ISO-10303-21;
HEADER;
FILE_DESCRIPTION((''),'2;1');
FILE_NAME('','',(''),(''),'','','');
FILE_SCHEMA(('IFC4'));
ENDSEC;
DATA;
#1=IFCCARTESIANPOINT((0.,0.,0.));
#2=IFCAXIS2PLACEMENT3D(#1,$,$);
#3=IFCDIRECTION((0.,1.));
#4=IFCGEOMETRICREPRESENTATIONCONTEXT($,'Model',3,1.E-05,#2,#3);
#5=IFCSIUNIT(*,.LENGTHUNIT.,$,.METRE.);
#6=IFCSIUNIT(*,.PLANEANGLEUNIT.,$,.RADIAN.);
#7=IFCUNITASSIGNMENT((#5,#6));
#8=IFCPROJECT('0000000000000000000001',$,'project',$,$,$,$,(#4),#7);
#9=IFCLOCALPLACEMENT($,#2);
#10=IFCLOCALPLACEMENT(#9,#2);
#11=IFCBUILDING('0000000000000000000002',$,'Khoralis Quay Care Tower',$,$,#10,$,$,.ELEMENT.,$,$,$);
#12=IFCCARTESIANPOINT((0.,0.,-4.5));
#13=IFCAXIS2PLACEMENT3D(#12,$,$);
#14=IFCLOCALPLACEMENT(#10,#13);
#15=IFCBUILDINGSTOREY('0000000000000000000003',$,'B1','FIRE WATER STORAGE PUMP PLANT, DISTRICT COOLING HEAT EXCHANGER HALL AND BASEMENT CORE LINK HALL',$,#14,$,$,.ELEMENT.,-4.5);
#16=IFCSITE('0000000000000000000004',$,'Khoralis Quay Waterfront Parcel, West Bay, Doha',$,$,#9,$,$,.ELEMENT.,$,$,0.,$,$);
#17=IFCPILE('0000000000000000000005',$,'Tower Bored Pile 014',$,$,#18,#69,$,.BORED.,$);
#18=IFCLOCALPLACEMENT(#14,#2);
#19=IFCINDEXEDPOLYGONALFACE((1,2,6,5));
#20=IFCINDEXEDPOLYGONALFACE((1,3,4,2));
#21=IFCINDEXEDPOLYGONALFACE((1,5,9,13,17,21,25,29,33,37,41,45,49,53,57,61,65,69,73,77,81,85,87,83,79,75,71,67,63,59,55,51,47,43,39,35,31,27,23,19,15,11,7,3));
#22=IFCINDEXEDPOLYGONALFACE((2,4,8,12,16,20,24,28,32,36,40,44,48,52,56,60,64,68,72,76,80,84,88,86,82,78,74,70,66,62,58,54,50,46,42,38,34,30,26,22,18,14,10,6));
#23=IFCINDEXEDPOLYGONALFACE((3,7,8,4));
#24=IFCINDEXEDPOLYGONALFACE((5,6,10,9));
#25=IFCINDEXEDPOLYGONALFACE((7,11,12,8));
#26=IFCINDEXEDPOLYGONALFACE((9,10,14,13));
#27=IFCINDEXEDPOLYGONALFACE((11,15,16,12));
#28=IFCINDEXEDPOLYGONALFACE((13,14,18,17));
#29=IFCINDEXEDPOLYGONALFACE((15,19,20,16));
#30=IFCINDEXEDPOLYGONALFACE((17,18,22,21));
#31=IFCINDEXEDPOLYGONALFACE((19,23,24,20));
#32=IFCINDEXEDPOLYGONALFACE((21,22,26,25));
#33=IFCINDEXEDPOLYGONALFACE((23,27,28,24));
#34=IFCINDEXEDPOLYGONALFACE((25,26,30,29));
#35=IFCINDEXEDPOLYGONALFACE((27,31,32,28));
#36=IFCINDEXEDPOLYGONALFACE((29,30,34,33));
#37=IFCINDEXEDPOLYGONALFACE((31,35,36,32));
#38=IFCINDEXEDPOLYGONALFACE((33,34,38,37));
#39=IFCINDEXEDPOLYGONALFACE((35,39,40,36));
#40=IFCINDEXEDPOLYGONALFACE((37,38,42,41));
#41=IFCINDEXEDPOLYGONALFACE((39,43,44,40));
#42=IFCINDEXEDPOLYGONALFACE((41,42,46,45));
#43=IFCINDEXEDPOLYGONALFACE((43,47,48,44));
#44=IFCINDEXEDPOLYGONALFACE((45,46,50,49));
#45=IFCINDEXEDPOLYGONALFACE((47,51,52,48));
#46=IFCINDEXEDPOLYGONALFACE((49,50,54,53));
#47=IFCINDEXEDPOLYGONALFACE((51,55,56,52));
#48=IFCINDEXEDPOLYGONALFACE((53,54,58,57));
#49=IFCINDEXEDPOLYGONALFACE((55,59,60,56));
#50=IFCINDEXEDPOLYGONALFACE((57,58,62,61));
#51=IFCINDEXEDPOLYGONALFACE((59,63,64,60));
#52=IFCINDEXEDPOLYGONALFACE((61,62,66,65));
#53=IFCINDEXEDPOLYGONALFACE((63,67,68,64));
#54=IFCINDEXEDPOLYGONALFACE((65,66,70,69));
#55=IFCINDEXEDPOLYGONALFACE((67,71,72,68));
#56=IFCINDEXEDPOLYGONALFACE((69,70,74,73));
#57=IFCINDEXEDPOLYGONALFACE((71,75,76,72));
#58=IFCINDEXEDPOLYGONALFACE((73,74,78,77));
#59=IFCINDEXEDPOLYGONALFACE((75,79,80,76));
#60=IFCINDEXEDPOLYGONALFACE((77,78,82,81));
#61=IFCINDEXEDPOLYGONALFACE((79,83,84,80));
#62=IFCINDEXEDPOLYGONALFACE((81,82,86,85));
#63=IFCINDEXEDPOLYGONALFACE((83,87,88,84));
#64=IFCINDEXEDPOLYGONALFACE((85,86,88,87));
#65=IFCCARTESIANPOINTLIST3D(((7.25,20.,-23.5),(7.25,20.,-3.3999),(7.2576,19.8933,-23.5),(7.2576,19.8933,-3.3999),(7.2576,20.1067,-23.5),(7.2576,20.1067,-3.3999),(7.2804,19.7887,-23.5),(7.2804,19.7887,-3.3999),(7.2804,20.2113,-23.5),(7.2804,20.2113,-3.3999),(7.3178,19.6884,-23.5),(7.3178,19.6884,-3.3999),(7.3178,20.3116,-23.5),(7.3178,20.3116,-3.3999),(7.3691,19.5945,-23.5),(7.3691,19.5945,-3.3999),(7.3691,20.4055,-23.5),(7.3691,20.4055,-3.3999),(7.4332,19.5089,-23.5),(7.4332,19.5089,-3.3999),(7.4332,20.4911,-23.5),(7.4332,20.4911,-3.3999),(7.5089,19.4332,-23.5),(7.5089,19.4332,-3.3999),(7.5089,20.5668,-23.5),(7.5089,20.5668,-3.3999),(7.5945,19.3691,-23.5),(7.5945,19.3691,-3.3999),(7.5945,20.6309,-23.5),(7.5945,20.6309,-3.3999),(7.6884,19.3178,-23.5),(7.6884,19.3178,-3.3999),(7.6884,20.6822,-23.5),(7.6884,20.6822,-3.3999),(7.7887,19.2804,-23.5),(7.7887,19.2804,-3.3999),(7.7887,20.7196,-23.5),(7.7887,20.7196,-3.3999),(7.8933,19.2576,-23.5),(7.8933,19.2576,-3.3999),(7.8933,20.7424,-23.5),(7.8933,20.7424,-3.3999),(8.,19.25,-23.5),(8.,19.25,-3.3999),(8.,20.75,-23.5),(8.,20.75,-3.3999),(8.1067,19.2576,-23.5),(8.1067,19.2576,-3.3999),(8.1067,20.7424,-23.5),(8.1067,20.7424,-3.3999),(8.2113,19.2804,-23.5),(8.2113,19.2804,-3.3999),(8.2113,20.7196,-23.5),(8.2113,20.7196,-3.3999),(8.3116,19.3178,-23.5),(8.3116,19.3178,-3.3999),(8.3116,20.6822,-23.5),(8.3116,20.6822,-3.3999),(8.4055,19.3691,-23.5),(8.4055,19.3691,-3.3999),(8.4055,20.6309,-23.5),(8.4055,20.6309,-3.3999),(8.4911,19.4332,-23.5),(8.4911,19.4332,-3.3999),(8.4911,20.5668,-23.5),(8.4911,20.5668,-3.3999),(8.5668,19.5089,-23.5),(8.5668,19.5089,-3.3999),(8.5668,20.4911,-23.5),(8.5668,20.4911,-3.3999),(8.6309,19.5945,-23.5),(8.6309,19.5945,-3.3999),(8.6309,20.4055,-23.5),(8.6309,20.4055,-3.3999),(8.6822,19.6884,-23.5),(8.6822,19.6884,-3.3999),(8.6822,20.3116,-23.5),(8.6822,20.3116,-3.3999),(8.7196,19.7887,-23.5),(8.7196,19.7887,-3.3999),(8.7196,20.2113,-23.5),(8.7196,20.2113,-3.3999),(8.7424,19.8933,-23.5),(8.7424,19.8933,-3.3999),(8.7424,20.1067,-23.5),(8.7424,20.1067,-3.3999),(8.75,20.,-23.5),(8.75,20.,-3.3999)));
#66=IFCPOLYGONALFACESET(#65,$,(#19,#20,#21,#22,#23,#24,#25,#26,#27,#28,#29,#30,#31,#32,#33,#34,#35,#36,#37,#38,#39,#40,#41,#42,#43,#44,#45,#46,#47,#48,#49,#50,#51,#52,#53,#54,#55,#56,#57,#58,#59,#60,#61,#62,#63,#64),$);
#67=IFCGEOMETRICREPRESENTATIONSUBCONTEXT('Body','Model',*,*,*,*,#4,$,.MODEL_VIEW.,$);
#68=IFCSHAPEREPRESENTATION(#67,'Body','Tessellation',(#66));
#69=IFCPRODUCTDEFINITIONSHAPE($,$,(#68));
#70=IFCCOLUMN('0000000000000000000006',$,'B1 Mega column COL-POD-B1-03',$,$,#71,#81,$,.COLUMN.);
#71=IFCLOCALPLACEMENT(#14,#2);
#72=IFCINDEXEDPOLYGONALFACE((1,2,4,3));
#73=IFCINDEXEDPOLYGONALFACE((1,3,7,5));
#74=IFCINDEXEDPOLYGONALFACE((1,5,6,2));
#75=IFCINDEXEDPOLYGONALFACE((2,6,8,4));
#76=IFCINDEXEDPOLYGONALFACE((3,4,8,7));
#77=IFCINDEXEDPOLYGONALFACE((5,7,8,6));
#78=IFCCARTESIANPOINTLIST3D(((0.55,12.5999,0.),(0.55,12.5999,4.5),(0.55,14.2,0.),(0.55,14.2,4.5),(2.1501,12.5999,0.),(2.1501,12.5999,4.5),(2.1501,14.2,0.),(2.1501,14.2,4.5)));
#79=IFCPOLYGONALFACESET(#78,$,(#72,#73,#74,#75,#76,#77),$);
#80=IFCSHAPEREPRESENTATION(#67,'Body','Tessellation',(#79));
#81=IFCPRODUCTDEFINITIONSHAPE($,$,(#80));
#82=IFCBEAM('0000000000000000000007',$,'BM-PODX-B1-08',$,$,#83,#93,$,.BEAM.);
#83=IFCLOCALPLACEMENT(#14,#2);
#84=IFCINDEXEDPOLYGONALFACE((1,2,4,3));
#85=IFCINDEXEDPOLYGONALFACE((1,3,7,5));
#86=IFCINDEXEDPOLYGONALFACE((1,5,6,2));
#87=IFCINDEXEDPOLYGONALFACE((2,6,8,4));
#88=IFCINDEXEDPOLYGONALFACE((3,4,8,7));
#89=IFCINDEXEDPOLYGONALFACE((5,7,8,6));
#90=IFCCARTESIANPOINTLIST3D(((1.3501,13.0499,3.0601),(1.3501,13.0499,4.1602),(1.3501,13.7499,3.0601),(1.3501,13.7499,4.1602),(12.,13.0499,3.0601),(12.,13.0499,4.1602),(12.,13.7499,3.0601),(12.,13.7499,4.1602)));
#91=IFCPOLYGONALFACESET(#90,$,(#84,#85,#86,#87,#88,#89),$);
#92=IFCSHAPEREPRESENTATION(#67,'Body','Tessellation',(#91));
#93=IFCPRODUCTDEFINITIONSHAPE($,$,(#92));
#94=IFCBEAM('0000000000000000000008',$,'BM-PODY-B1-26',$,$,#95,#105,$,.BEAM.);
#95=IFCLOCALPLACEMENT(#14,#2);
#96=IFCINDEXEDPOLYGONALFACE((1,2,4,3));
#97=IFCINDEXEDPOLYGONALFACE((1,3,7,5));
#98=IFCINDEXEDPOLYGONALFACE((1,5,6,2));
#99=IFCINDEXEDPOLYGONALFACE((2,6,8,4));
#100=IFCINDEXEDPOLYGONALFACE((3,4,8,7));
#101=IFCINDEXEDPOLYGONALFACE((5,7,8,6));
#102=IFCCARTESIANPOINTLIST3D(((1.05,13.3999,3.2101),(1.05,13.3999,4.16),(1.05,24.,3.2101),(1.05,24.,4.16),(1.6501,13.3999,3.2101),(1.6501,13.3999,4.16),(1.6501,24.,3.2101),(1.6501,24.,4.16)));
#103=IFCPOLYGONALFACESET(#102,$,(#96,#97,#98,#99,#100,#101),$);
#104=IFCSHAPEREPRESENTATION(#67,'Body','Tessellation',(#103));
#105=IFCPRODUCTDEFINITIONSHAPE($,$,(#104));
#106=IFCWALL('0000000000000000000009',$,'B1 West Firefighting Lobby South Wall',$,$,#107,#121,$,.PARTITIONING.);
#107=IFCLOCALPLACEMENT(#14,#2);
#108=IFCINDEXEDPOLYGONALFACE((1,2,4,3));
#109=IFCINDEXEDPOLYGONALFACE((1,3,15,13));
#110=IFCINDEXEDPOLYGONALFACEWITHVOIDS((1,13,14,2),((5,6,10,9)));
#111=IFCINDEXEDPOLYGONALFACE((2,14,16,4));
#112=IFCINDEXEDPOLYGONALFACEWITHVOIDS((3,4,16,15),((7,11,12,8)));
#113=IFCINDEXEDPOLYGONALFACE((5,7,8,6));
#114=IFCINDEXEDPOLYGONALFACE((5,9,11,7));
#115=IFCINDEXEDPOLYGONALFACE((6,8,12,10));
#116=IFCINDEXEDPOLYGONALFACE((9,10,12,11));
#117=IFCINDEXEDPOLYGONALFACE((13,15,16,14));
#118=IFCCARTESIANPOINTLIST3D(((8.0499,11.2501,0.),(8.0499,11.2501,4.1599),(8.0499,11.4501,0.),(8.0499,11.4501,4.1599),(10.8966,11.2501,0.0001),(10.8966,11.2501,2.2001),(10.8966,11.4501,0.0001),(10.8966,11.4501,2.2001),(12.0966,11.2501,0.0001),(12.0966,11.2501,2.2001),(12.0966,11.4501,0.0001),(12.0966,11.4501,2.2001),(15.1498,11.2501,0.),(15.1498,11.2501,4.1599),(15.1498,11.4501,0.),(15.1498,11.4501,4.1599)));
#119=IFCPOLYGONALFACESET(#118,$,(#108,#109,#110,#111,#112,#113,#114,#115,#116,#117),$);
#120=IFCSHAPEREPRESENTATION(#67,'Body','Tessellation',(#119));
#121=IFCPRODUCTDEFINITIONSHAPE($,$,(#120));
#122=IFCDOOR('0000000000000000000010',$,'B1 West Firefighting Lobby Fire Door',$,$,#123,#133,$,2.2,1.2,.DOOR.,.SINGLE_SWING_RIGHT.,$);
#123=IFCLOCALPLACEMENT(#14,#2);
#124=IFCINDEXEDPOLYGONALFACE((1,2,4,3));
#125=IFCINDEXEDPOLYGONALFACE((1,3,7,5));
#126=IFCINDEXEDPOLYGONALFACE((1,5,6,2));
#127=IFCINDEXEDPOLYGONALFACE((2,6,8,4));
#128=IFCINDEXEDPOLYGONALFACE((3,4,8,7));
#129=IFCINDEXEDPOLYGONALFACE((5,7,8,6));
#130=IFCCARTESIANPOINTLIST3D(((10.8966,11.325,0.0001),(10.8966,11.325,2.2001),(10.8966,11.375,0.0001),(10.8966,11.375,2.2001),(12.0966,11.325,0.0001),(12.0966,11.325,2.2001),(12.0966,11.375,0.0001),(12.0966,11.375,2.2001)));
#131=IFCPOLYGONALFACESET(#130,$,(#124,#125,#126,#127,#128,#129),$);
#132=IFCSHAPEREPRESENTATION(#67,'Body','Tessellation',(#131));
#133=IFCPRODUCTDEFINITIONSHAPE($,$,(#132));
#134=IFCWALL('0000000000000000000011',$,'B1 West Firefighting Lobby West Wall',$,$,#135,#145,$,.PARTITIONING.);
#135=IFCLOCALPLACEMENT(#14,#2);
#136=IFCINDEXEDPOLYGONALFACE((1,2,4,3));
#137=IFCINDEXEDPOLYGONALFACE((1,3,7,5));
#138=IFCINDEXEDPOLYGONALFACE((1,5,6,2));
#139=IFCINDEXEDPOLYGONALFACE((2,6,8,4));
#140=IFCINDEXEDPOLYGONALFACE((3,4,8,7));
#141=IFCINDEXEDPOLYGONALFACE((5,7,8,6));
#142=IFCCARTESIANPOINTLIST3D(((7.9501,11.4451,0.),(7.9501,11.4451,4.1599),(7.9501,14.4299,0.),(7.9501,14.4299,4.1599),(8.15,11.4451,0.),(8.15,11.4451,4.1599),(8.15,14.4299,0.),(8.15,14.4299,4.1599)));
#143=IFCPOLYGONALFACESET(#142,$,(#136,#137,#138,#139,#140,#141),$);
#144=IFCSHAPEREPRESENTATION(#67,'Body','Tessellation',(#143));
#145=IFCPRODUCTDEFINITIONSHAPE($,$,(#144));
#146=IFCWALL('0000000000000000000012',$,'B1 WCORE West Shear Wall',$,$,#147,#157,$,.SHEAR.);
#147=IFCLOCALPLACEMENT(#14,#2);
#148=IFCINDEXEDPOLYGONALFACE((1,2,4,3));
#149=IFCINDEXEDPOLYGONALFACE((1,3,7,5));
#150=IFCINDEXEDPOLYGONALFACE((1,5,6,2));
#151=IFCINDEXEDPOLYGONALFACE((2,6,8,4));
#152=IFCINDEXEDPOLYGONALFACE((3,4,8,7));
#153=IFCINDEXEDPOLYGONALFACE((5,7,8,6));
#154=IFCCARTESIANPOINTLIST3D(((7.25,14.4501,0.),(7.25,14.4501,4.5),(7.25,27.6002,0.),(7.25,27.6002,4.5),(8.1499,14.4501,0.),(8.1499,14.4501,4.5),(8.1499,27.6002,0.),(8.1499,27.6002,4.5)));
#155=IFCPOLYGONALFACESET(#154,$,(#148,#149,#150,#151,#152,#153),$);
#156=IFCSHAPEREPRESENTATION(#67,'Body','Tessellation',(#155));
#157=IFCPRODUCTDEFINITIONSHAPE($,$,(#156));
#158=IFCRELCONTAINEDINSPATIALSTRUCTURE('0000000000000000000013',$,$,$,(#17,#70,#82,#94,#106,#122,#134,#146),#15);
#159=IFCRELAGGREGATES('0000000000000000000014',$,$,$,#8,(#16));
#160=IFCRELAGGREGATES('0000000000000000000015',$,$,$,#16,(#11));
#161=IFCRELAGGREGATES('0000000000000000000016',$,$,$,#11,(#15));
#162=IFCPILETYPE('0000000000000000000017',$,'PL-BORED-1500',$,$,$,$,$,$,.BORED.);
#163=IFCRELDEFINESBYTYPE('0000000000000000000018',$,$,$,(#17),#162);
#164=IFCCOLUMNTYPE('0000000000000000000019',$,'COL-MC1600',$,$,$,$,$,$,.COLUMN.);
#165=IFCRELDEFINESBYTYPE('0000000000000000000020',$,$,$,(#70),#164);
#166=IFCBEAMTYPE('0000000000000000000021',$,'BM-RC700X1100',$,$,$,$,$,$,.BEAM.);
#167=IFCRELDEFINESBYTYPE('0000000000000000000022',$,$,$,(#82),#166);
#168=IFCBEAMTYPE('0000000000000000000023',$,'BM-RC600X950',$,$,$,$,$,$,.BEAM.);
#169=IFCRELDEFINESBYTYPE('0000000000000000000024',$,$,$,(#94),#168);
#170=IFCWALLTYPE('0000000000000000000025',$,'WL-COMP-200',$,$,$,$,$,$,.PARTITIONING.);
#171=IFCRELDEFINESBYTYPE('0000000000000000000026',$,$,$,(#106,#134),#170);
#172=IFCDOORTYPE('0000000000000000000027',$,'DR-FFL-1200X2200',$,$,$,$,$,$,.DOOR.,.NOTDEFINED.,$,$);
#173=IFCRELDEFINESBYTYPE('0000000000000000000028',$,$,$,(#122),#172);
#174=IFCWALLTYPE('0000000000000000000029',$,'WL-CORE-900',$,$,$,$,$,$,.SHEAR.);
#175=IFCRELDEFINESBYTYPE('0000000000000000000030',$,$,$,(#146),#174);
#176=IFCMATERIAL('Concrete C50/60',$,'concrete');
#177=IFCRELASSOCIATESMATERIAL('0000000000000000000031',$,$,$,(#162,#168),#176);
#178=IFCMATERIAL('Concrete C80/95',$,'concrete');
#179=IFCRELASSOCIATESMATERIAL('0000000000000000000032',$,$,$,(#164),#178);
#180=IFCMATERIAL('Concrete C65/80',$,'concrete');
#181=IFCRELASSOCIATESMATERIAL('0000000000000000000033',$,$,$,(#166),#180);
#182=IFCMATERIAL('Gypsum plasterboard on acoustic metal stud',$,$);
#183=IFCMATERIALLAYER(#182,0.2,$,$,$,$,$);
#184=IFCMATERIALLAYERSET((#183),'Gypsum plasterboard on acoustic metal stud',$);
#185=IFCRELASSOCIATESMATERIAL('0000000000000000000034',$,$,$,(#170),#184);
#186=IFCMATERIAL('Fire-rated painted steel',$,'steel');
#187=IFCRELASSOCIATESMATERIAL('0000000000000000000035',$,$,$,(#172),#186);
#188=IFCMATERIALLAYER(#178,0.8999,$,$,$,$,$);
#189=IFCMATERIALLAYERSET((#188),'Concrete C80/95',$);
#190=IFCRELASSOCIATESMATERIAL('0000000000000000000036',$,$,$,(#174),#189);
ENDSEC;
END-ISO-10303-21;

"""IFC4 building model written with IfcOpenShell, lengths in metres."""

from ifc_helpers import new_model, si_unit, direction, frame, frame_2d, origin, origin_2d, place, context, subcontext, project, spatial, rectangle, circle, extrude, source, transform, mapped, material, layer, layer_set, material_profile, profile_set, type_object, element, fill, save


model = new_model("IFC4")

# Units and contexts
model_context = context("Model", 3, precision=1e-05, world=origin(), true_north=direction((0.0, 1.0)))
body_context = subcontext(model_context, "Body", "Model", "MODEL_VIEW")
ifc_project = project(units=[si_unit("LENGTHUNIT", "METRE"), si_unit("PLANEANGLEUNIT", "RADIAN")], contexts=[model_context])

# Site, building, storey
site_placement = place(None, origin())
site = spatial("IfcSite", under=ifc_project, at=site_placement, Name="Khoralis Quay Waterfront Parcel, West Bay, Doha", CompositionType="ELEMENT", RefElevation=0.0)
building_placement = place(site_placement, origin())
building = spatial("IfcBuilding", under=site, at=building_placement, Name="Khoralis Quay Care Tower", CompositionType="ELEMENT")
storey_placement = place(building_placement, frame((0.0, 0.0, -4.5)))
storey = spatial("IfcBuildingStorey", under=building, at=storey_placement, Name="B1", Description="FIRE WATER STORAGE PUMP PLANT, DISTRICT COOLING HEAT EXCHANGER HALL AND BASEMENT CORE LINK HALL", CompositionType="ELEMENT", Elevation=-4.5)

# Pile
ifc_material_1 = material(Name="Concrete C50/60", Category="concrete")
ifc_material_profile_1 = material_profile(ifc_material_1, circle(Radius=0.75, at=origin_2d()), Name="Concrete C50/60")
ifc_profile_set_1 = profile_set([ifc_material_profile_1], Name="Concrete C50/60")
pile_type_1 = type_object("IfcPileType", Name="PL-BORED-1500", PredefinedType="BORED", material=ifc_profile_set_1)
shared_shape_1 = source(origin(), body_context, "Body", "SweptSolid", [
    extrude(circle(Radius=0.75, at=origin_2d()), origin(), (0.0, 0.0, 1.0), 20.1001),
])
for number, where, z_axis, x_axis, name in (
    (1, (8.0, 20.0, -3.3999), (0.0, 0.0, -1.0), (1.0, 0.0, 0.0), "Tower Bored Pile 014"),
):
    element("IfcPile", number, at=place(storey_placement, frame(where, z_axis=z_axis, x_axis=x_axis)), inside=storey, type_object=pile_type_1, Name=name, PredefinedType="BORED", context=body_context, shape_type="MappedRepresentation", body=[
        mapped(shared_shape_1, transform((0.0, 0.0, 0.0), scale=1.0)),
    ])

# Column
ifc_material_2 = material(Name="Concrete C80/95", Category="concrete")
ifc_material_profile_2 = material_profile(ifc_material_2, rectangle(XDim=1.6001, YDim=1.6001, at=origin_2d()), Name="Concrete C80/95")
ifc_profile_set_2 = profile_set([ifc_material_profile_2], Name="Concrete C80/95")
column_type = type_object("IfcColumnType", Name="COL-MC1600", PredefinedType="COLUMN", material=ifc_profile_set_2)
shared_shape_2 = source(origin(), body_context, "Body", "SweptSolid", [
    extrude(rectangle(XDim=1.6001, YDim=1.6001, at=origin_2d()), origin(), (0.0, 0.0, 1.0), 4.5),
])
column_placement = place(storey_placement, frame((1.3501, 13.3999, 0.0), z_axis=(0.0, 0.0, 1.0), x_axis=(1.0, 0.0, 0.0)))
element("IfcColumn", 2, at=column_placement, inside=storey, type_object=column_type, Name="B1 Mega column COL-POD-B1-03", PredefinedType="COLUMN", context=body_context, shape_type="MappedRepresentation", body=[
    mapped(shared_shape_2, transform((0.0, 0.0, 0.0), scale=1.0)),
])

# Beams
ifc_material_3 = material(Name="Concrete C65/80", Category="concrete")
ifc_material_profile_3 = material_profile(ifc_material_3, rectangle(XDim=0.7, YDim=1.1001, at=origin_2d()), Name="Concrete C65/80")
ifc_profile_set_3 = profile_set([ifc_material_profile_3], Name="Concrete C65/80")
beam_type_1 = type_object("IfcBeamType", Name="BM-RC700X1100", PredefinedType="BEAM", material=ifc_profile_set_3)
shared_shape_3 = source(origin(), body_context, "Body", "SweptSolid", [
    extrude(rectangle(XDim=0.7, YDim=1.1001, at=origin_2d()), origin(), (0.0, 0.0, 1.0), 10.6499),
])
beam_1_placement = place(storey_placement, frame((1.3501, 13.3999, 3.6101), z_axis=(1.0, 0.0, 0.0), x_axis=(0.0, 1.0, 0.0)))
element("IfcBeam", 3, at=beam_1_placement, inside=storey, type_object=beam_type_1, Name="BM-PODX-B1-08", PredefinedType="BEAM", context=body_context, shape_type="MappedRepresentation", body=[
    mapped(shared_shape_3, transform((0.0, 0.0, 0.0), scale=1.0)),
])
ifc_material_profile_4 = material_profile(ifc_material_1, rectangle(XDim=0.6001, YDim=0.95, at=origin_2d()), Name="Concrete C50/60")
ifc_profile_set_4 = profile_set([ifc_material_profile_4], Name="Concrete C50/60")
beam_type_2 = type_object("IfcBeamType", Name="BM-RC600X950", PredefinedType="BEAM", material=ifc_profile_set_4)
shared_shape_4 = source(origin(), body_context, "Body", "SweptSolid", [
    extrude(rectangle(XDim=0.6001, YDim=0.95, at=origin_2d()), origin(), (0.0, 0.0, 1.0), 10.6001),
])
beam_2_placement = place(storey_placement, frame((1.3501, 13.3999, 3.6851), z_axis=(0.0, 1.0, 0.0), x_axis=(-1.0, 0.0, 0.0)))
element("IfcBeam", 4, at=beam_2_placement, inside=storey, type_object=beam_type_2, Name="BM-PODY-B1-26", PredefinedType="BEAM", context=body_context, shape_type="MappedRepresentation", body=[
    mapped(shared_shape_4, transform((0.0, 0.0, 0.0), scale=1.0)),
])

# Wall, opening, door
ifc_material_4 = material(Name="Gypsum plasterboard on acoustic metal stud")
ifc_layer_1 = layer(ifc_material_4, 0.2)
ifc_layer_set_1 = layer_set([ifc_layer_1], Name="Gypsum plasterboard on acoustic metal stud")
wall_type_1 = type_object("IfcWallType", Name="WL-COMP-200", PredefinedType="PARTITIONING", material=ifc_layer_set_1)
wall_1_placement = place(storey_placement, frame((8.05, 11.3501, 0.0), z_axis=(0.0, 0.0, 1.0), x_axis=(1.0, 0.0, 0.0)))
wall_1 = element("IfcWall", 5, at=wall_1_placement, inside=storey, type_object=wall_type_1, Name="B1 West Firefighting Lobby South Wall", PredefinedType="PARTITIONING", context=body_context, shape_type="SweptSolid", body=[
    extrude(rectangle(XDim=7.0999, YDim=0.2, at=frame_2d((3.5498, 0.0))), origin(), (0.0, 0.0, 1.0), 4.1599),
])
opening_1_placement = place(wall_1_placement, frame((2.8464, 0.0, 0.0)))
opening_1 = element("IfcOpeningElement", 6, at=opening_1_placement, cuts=wall_1, PredefinedType="OPENING", context=body_context, shape_type="SweptSolid", body=[
    extrude(rectangle(XDim=1.2, YDim=2.2, at=frame_2d((0.6001, 1.1001))), frame((0.0, 0.1099, 0.0), z_axis=(0.0, -1.0, 0.0), x_axis=(1.0, 0.0, 0.0)), (0.0, 0.0, 1.0), 0.22),
])
ifc_material_5 = material(Name="Fire-rated painted steel", Category="steel")
door_type_1 = type_object("IfcDoorType", Name="DR-FFL-1200X2200", OperationType="NOTDEFINED", PredefinedType="DOOR", material=ifc_material_5)
shared_shape_5 = source(origin(), body_context, "Body", "SweptSolid", [
    extrude(rectangle(XDim=1.2, YDim=2.2, at=frame_2d((0.6001, 1.1001))), frame((0.0, 0.0249, 0.0), z_axis=(0.0, -1.0, 0.0), x_axis=(1.0, 0.0, 0.0)), (0.0, 0.0, 1.0), 0.05),
])
door_1_placement = place(opening_1_placement, origin())
door_1 = element("IfcDoor", 7, at=door_1_placement, inside=storey, type_object=door_type_1, Name="B1 West Firefighting Lobby Fire Door", OperationType="SINGLE_SWING_RIGHT", OverallHeight=2.2, OverallWidth=1.2, PredefinedType="DOOR", context=body_context, shape_type="MappedRepresentation", body=[
    mapped(shared_shape_5, transform((0.0, 0.0, 0.0), scale=1.0)),
])
fill(opening_1, door_1)

# Walls
wall_2_placement = place(storey_placement, frame((8.05, 11.4451, 0.0), z_axis=(0.0, 0.0, 1.0), x_axis=(0.0, 1.0, 0.0)))
element("IfcWall", 8, at=wall_2_placement, inside=storey, type_object=wall_type_1, Name="B1 West Firefighting Lobby West Wall", PredefinedType="PARTITIONING", context=body_context, shape_type="SweptSolid", body=[
    extrude(rectangle(XDim=2.9849, YDim=0.2, at=frame_2d((1.4924, 0.0))), origin(), (0.0, 0.0, 1.0), 4.1599),
])
ifc_layer_2 = layer(ifc_material_2, 0.8999)
ifc_layer_set_2 = layer_set([ifc_layer_2], Name="Concrete C80/95")
wall_type_2 = type_object("IfcWallType", Name="WL-CORE-900", PredefinedType="SHEAR", material=ifc_layer_set_2)
wall_3_placement = place(storey_placement, frame((7.7, 14.45, 0.0), z_axis=(0.0, 0.0, 1.0), x_axis=(0.0, 1.0, 0.0)))
element("IfcWall", 9, at=wall_3_placement, inside=storey, type_object=wall_type_2, Name="B1 WCORE West Shear Wall", PredefinedType="SHEAR", context=body_context, shape_type="SweptSolid", body=[
    extrude(rectangle(XDim=13.1501, YDim=0.8999, at=frame_2d((6.5752, 0.0))), origin(), (0.0, 0.0, 1.0), 4.5),
])

save(model, "model.ifc")
